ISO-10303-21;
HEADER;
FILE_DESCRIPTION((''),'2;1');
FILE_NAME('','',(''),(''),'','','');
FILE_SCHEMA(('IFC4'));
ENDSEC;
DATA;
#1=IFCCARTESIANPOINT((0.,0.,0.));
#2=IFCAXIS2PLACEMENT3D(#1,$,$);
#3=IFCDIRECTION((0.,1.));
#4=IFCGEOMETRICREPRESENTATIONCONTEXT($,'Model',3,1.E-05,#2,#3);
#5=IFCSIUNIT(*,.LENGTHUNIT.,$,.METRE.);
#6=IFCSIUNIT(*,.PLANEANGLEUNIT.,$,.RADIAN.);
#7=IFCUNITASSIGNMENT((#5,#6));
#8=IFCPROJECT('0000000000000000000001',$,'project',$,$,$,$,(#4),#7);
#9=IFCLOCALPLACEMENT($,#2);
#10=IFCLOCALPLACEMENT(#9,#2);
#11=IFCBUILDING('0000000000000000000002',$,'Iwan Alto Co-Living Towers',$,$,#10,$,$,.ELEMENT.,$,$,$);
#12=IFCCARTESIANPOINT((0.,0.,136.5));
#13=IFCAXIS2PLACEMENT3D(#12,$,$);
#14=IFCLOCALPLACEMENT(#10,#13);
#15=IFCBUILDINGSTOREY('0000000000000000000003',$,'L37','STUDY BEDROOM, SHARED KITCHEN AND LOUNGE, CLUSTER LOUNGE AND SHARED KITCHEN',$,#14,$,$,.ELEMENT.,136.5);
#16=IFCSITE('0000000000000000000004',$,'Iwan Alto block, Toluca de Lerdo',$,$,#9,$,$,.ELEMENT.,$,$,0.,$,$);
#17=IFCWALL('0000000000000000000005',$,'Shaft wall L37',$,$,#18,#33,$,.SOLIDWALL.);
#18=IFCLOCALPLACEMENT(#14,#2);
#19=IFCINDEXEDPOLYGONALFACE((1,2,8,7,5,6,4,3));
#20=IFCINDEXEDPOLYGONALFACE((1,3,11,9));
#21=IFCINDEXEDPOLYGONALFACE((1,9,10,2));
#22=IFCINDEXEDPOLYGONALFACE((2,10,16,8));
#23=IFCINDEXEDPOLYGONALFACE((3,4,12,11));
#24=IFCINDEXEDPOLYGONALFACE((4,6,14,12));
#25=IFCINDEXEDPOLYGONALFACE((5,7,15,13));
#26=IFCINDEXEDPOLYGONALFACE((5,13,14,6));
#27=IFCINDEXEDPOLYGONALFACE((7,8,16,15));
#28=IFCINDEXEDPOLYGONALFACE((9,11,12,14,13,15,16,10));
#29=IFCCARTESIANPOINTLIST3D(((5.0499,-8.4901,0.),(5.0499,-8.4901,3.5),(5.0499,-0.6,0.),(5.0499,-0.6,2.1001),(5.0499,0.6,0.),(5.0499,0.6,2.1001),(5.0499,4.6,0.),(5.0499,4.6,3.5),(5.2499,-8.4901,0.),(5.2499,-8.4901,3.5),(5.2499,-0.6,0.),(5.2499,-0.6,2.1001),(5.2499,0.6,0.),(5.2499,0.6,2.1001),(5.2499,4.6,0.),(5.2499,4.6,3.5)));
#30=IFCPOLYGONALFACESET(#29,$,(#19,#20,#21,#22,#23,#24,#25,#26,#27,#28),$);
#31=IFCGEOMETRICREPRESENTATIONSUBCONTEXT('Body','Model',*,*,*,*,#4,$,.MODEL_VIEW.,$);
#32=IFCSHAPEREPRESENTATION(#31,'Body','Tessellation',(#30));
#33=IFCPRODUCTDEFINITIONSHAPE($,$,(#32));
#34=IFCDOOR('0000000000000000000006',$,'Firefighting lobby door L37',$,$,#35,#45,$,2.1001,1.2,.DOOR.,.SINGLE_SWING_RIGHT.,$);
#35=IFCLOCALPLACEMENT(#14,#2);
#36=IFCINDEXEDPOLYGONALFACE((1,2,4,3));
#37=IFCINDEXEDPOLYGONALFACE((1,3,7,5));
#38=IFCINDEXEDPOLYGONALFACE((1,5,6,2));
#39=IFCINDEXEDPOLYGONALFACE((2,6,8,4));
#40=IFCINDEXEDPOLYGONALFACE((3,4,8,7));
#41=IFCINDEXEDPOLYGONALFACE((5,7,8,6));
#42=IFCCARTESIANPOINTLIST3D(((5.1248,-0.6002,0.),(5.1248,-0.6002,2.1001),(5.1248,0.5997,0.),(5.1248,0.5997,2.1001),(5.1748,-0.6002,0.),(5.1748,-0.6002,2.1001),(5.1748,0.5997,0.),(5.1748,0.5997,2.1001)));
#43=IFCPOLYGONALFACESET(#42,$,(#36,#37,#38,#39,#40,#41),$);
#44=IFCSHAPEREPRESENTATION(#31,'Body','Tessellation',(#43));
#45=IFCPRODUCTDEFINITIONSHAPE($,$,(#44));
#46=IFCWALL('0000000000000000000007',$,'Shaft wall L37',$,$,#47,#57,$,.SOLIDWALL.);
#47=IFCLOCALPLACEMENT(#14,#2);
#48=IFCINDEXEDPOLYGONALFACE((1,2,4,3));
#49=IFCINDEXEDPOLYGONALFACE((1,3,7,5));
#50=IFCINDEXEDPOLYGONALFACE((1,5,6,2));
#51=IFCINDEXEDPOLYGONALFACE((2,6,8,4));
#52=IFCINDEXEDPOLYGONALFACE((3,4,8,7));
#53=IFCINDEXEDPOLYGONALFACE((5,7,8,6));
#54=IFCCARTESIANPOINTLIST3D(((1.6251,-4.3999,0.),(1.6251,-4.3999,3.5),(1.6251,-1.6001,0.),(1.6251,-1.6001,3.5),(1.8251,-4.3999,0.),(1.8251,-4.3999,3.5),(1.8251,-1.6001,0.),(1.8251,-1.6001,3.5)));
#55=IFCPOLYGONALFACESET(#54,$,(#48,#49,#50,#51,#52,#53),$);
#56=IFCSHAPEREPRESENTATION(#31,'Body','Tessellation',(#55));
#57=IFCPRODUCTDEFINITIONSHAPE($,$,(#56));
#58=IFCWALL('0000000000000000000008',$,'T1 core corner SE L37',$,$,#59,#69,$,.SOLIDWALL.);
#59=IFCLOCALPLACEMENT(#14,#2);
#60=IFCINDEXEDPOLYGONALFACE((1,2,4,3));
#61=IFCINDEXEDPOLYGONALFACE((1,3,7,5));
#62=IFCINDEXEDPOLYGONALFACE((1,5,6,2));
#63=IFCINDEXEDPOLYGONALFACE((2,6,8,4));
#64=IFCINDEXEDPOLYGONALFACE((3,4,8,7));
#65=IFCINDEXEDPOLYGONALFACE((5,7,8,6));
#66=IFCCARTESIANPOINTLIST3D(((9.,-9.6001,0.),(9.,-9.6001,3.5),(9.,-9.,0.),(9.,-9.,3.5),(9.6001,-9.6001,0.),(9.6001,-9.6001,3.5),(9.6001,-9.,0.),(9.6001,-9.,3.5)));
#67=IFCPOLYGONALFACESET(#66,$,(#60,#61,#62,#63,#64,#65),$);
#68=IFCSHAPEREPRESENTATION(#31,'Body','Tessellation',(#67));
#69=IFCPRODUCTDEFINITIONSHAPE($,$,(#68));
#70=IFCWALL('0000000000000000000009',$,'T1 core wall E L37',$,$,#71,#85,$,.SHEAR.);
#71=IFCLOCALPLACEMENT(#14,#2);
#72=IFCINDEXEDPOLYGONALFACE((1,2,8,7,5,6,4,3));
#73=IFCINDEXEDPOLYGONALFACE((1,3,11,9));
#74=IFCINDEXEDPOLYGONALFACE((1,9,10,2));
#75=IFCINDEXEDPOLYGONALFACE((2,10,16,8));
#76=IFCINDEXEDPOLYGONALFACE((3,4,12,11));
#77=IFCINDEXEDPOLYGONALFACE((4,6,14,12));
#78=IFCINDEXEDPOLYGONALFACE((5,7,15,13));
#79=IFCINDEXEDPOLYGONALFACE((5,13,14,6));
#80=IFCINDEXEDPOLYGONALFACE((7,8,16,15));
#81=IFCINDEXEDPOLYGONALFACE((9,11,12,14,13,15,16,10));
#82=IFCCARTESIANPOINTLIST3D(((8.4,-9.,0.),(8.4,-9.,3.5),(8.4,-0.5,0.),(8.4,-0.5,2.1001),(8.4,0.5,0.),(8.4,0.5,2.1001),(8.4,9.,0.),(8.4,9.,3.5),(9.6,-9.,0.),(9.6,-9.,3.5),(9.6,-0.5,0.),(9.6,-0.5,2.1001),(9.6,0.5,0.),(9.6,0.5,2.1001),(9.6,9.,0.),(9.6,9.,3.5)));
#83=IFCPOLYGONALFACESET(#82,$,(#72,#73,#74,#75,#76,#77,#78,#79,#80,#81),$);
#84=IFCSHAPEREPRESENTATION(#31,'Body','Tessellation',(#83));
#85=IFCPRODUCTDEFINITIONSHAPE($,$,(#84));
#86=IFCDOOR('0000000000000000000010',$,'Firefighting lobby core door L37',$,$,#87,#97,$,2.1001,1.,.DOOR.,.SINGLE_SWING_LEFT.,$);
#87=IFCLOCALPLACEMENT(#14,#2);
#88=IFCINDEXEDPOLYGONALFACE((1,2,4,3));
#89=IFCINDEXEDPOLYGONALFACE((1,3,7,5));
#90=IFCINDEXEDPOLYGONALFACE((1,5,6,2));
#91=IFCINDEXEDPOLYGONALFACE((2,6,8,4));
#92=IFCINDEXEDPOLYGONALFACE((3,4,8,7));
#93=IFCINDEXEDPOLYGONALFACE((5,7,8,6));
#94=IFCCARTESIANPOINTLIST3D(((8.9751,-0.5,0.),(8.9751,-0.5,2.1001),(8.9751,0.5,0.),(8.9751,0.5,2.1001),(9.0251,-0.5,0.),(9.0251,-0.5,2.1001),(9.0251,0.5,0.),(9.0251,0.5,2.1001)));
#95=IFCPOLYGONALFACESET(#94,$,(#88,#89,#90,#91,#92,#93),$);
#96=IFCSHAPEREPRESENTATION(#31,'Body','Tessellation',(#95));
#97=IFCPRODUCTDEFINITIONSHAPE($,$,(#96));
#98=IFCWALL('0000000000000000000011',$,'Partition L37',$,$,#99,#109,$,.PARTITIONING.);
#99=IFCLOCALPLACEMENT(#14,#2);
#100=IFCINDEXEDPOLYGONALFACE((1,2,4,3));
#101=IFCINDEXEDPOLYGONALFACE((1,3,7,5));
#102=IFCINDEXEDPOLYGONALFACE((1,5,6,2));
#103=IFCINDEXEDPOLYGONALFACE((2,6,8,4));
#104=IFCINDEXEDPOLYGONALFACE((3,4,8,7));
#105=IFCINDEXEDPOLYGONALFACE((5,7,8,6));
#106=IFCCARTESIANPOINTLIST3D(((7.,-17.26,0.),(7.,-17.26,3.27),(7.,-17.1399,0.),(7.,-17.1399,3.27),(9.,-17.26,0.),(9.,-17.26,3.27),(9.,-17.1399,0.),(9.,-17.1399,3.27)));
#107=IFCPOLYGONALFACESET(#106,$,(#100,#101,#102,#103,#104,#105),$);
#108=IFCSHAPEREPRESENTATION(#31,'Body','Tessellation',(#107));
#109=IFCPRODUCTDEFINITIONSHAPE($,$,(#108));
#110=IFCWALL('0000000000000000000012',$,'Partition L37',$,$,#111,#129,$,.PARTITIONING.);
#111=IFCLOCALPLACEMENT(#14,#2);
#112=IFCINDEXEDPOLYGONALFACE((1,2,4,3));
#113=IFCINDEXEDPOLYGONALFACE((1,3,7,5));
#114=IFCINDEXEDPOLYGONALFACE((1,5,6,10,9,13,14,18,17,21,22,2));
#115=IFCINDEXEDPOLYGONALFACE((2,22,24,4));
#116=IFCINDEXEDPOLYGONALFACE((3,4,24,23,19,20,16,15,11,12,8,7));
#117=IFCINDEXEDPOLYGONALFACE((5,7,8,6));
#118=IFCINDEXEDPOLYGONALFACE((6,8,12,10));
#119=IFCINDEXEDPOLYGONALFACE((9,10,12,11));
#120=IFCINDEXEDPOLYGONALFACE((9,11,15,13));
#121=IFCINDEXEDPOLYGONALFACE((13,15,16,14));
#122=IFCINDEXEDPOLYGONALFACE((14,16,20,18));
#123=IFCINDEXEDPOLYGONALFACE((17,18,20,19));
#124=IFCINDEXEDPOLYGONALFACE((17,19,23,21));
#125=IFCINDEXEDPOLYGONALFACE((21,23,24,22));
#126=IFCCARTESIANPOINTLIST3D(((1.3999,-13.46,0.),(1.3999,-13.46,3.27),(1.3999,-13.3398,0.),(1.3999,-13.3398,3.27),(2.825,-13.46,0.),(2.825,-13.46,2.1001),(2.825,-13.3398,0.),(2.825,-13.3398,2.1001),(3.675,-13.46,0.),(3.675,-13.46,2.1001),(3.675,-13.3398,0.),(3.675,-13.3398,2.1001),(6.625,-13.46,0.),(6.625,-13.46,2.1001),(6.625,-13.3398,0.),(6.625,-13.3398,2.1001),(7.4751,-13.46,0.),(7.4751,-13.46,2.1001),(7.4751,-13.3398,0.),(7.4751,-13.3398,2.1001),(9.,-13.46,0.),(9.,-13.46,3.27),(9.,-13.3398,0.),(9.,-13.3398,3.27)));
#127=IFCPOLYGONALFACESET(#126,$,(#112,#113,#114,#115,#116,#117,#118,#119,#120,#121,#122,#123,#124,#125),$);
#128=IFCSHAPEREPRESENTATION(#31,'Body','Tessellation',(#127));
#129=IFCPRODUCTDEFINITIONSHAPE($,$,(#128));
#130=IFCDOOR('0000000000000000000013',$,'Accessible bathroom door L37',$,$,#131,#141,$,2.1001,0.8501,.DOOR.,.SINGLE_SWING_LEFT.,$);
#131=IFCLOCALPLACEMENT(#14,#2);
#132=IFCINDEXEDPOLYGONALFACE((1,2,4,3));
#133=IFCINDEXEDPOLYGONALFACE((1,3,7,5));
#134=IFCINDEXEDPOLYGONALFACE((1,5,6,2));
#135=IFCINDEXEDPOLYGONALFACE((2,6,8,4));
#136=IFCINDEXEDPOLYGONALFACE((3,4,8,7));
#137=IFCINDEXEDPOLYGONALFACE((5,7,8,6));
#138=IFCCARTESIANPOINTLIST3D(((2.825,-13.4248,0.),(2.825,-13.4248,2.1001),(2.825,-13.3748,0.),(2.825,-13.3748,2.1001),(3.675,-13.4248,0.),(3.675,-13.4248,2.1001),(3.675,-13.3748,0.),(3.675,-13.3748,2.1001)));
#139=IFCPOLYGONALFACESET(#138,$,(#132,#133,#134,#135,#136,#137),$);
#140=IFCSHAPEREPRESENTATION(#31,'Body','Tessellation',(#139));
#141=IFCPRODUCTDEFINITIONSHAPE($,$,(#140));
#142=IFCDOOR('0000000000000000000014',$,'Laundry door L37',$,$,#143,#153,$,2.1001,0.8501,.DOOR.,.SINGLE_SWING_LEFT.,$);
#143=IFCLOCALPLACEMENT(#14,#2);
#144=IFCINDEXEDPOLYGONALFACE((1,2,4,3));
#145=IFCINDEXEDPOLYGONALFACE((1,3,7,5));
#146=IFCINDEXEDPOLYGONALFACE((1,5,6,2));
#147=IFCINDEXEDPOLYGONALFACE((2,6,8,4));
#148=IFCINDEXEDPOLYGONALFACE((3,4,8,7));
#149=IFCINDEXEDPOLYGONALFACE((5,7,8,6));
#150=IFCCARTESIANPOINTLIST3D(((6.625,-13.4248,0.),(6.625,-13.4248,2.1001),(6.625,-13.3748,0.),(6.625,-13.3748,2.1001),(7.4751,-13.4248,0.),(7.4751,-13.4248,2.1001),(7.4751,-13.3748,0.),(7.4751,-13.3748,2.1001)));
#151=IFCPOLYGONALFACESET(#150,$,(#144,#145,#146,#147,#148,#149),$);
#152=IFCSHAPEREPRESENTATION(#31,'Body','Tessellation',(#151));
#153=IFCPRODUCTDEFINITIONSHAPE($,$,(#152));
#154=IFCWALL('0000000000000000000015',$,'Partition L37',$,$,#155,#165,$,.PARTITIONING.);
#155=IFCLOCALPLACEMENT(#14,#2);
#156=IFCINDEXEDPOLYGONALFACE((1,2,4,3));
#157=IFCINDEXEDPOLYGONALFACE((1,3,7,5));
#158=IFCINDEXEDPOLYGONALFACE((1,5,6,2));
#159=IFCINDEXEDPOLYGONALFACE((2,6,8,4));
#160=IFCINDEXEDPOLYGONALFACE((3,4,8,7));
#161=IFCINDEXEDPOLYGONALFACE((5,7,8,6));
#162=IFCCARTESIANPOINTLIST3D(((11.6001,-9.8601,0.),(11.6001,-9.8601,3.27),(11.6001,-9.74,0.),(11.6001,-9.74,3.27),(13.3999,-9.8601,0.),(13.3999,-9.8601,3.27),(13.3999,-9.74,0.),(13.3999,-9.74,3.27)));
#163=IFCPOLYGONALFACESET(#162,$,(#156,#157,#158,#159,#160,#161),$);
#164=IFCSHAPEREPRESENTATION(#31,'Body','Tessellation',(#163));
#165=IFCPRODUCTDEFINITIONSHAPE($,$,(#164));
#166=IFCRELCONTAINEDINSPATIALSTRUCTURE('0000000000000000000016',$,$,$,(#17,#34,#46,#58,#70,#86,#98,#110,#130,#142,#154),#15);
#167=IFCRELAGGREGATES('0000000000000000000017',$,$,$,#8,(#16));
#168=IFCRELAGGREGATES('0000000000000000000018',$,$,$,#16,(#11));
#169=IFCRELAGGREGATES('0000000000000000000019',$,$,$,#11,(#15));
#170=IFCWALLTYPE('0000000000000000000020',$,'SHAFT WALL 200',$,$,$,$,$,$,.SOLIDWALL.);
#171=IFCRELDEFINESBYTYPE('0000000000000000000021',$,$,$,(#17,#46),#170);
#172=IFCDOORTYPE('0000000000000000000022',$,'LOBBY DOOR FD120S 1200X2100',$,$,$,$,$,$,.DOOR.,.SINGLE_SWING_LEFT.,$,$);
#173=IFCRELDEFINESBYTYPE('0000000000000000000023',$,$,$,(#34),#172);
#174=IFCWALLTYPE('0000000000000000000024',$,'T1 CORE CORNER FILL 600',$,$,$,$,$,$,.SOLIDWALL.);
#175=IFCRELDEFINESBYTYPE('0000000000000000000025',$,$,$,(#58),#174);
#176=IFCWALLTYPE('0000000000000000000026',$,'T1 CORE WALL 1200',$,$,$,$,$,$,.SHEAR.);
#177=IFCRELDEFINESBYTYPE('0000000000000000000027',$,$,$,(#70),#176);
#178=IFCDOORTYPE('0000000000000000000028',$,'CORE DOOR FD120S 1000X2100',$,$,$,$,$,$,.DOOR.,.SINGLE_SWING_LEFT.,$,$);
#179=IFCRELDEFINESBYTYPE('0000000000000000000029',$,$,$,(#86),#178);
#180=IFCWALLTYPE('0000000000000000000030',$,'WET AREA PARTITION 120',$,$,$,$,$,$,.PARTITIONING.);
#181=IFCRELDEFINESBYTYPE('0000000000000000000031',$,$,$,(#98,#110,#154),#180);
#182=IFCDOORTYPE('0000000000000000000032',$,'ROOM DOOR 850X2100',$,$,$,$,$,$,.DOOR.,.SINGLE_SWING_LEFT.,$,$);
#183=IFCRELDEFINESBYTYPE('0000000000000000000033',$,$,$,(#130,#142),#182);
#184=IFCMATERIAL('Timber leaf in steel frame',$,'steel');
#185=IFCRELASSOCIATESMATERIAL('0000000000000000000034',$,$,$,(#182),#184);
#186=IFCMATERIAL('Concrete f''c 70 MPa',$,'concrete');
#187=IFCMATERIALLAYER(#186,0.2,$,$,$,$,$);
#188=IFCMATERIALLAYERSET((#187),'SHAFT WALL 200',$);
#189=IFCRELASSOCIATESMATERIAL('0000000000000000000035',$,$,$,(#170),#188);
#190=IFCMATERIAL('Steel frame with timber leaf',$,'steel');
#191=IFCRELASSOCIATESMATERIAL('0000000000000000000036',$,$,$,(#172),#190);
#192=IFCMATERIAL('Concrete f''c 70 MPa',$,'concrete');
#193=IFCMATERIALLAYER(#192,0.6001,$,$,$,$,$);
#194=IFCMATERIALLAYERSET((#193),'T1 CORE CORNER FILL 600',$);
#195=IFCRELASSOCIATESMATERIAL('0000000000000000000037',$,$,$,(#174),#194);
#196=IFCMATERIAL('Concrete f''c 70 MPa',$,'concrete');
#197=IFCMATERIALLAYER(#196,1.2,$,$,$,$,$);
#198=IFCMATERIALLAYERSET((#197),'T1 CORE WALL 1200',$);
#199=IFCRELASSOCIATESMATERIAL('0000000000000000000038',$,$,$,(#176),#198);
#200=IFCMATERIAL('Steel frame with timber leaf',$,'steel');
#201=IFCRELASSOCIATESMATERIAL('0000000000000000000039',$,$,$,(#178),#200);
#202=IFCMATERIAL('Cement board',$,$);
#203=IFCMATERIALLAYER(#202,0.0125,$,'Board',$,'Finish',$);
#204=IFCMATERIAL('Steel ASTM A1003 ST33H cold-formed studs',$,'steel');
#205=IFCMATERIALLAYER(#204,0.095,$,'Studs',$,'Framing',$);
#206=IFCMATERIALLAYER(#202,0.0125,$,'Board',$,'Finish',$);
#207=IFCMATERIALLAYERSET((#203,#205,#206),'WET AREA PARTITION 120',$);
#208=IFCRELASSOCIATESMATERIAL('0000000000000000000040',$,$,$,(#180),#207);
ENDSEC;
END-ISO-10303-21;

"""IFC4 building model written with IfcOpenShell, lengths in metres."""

from ifc_helpers import new_model, si_unit, direction, frame, frame_2d, origin, place, context, subcontext, project, spatial, rectangle, extrude, material, layer, layer_set, type_object, element, fill, save


model = new_model("IFC4")

# Units and contexts
model_context = context("Model", 3, precision=1e-05, world=origin(), true_north=direction((0.0, 1.0)))
body_context = subcontext(model_context, "Body", "Model", "MODEL_VIEW")
ifc_project = project(units=[si_unit("LENGTHUNIT", "METRE"), si_unit("PLANEANGLEUNIT", "RADIAN")], contexts=[model_context])

# Site, building, storey
site_placement = place(None, origin())
site = spatial("IfcSite", under=ifc_project, at=site_placement, Name="Iwan Alto block, Toluca de Lerdo", CompositionType="ELEMENT", RefElevation=0.0)
building_placement = place(site_placement, origin())
building = spatial("IfcBuilding", under=site, at=building_placement, Name="Iwan Alto Co-Living Towers", CompositionType="ELEMENT")
storey_placement = place(building_placement, frame((0.0, 0.0, 136.5)))
storey = spatial("IfcBuildingStorey", under=building, at=storey_placement, Name="L37", Description="STUDY BEDROOM, SHARED KITCHEN AND LOUNGE, CLUSTER LOUNGE AND SHARED KITCHEN", CompositionType="ELEMENT", Elevation=136.5)

# Shared definitions
ifc_material_1 = material(Name="Steel ASTM A1003 ST33H cold-formed studs", Category="steel")

# Shared definitions
ifc_material_2 = material(Name="Timber leaf in steel frame", Category="steel")
door_type_1 = type_object("IfcDoorType", Name="ROOM DOOR 850X2100", OperationType="SINGLE_SWING_LEFT", PredefinedType="DOOR", material=ifc_material_2)

# Wall, opening, door
ifc_material_3 = material(Name="Concrete f'c 70 MPa", Category="concrete")
ifc_layer_1 = layer(ifc_material_3, 0.2)
ifc_layer_set_1 = layer_set([ifc_layer_1], Name="SHAFT WALL 200")
wall_type_1 = type_object("IfcWallType", Name="SHAFT WALL 200", PredefinedType="SOLIDWALL", material=ifc_layer_set_1)
wall_1_placement = place(storey_placement, frame((5.1499, -8.49, 0.0), z_axis=(0.0, 0.0, 1.0), x_axis=(0.0, 1.0, 0.0)))
wall_1 = element("IfcWall", 1, at=wall_1_placement, inside=storey, type_object=wall_type_1, Name="Shaft wall L37", PredefinedType="SOLIDWALL", context=body_context, shape_type="SweptSolid", body=[
    extrude(rectangle(XDim=13.0901, YDim=0.2, at=frame_2d((6.5449, 0.0))), origin(), (0.0, 0.0, 1.0), 3.5),
])
opening_1_placement = place(wall_1_placement, frame((7.8899, 0.0, 0.0)))
opening_1 = element("IfcOpeningElement", 2, at=opening_1_placement, cuts=wall_1, PredefinedType="OPENING", context=body_context, shape_type="SweptSolid", body=[
    extrude(rectangle(XDim=1.2, YDim=2.1001, at=frame_2d((0.6001, 1.05))), frame((0.0, 0.1099, 0.0), z_axis=(0.0, -1.0, 0.0), x_axis=(1.0, 0.0, 0.0)), (0.0, 0.0, 1.0), 0.22),
])
ifc_material_4 = material(Name="Steel frame with timber leaf", Category="steel")
door_type_2 = type_object("IfcDoorType", Name="LOBBY DOOR FD120S 1200X2100", OperationType="SINGLE_SWING_LEFT", PredefinedType="DOOR", material=ifc_material_4)
door_1_placement = place(opening_1_placement, frame((1.2, 0.0, 0.0), z_axis=(0.0, 0.0, 1.0), x_axis=(-1.0, 0.0, 0.0)))
door_1 = element("IfcDoor", 3, at=door_1_placement, inside=storey, type_object=door_type_2, Name="Firefighting lobby door L37", OperationType="SINGLE_SWING_RIGHT", OverallHeight=2.1001, OverallWidth=1.2, PredefinedType="DOOR", context=body_context, shape_type="SweptSolid", body=[
    extrude(rectangle(XDim=1.2, YDim=2.1001, at=frame_2d((0.6001, 1.05))), frame((0.0, 0.0249, 0.0), z_axis=(0.0, -1.0, 0.0), x_axis=(1.0, 0.0, 0.0)), (0.0, 0.0, 1.0), 0.05),
])
fill(opening_1, door_1)

# Walls
wall_2_placement = place(storey_placement, frame((1.7251, -4.3999, 0.0), z_axis=(0.0, 0.0, 1.0), x_axis=(0.0, 1.0, 0.0)))
element("IfcWall", 4, at=wall_2_placement, inside=storey, type_object=wall_type_1, Name="Shaft wall L37", PredefinedType="SOLIDWALL", context=body_context, shape_type="SweptSolid", body=[
    extrude(rectangle(XDim=2.7998, YDim=0.2, at=frame_2d((1.3999, 0.0))), origin(), (0.0, 0.0, 1.0), 3.5),
])
ifc_material_5 = material(Name="Concrete f'c 70 MPa", Category="concrete")
ifc_layer_2 = layer(ifc_material_5, 0.6001)
ifc_layer_set_2 = layer_set([ifc_layer_2], Name="T1 CORE CORNER FILL 600")
wall_type_2 = type_object("IfcWallType", Name="T1 CORE CORNER FILL 600", PredefinedType="SOLIDWALL", material=ifc_layer_set_2)
wall_3_placement = place(storey_placement, frame((9.0, -9.3, 0.0), z_axis=(0.0, 0.0, 1.0), x_axis=(1.0, 0.0, 0.0)))
element("IfcWall", 5, at=wall_3_placement, inside=storey, type_object=wall_type_2, Name="T1 core corner SE L37", PredefinedType="SOLIDWALL", context=body_context, shape_type="SweptSolid", body=[
    extrude(rectangle(XDim=0.6001, YDim=0.6001, at=frame_2d((0.3, 0.0))), origin(), (0.0, 0.0, 1.0), 3.5),
])

# Wall, opening, door
ifc_material_6 = material(Name="Concrete f'c 70 MPa", Category="concrete")
ifc_layer_3 = layer(ifc_material_6, 1.2)
ifc_layer_set_3 = layer_set([ifc_layer_3], Name="T1 CORE WALL 1200")
wall_type_3 = type_object("IfcWallType", Name="T1 CORE WALL 1200", PredefinedType="SHEAR", material=ifc_layer_set_3)
wall_4_placement = place(storey_placement, frame((9.0, -9.0, 0.0), z_axis=(0.0, 0.0, 1.0), x_axis=(0.0, 1.0, 0.0)))
wall_4 = element("IfcWall", 6, at=wall_4_placement, inside=storey, type_object=wall_type_3, Name="T1 core wall E L37", PredefinedType="SHEAR", context=body_context, shape_type="SweptSolid", body=[
    extrude(rectangle(XDim=18.0, YDim=1.2, at=frame_2d((9.0, 0.0))), origin(), (0.0, 0.0, 1.0), 3.5),
])
opening_2_placement = place(wall_4_placement, frame((8.5, 0.0, 0.0)))
opening_2 = element("IfcOpeningElement", 7, at=opening_2_placement, cuts=wall_4, PredefinedType="OPENING", context=body_context, shape_type="SweptSolid", body=[
    extrude(rectangle(XDim=1.0, YDim=2.1001, at=frame_2d((0.5, 1.05))), frame((0.0, 0.6099, 0.0), z_axis=(0.0, -1.0, 0.0), x_axis=(1.0, 0.0, 0.0)), (0.0, 0.0, 1.0), 1.22),
])
ifc_material_7 = material(Name="Steel frame with timber leaf", Category="steel")
door_type_3 = type_object("IfcDoorType", Name="CORE DOOR FD120S 1000X2100", OperationType="SINGLE_SWING_LEFT", PredefinedType="DOOR", material=ifc_material_7)
door_2_placement = place(opening_2_placement, origin())
door_2 = element("IfcDoor", 8, at=door_2_placement, inside=storey, type_object=door_type_3, Name="Firefighting lobby core door L37", OperationType="SINGLE_SWING_LEFT", OverallHeight=2.1001, OverallWidth=1.0, PredefinedType="DOOR", context=body_context, shape_type="SweptSolid", body=[
    extrude(rectangle(XDim=1.0, YDim=2.1001, at=frame_2d((0.5, 1.05))), frame((0.0, 0.0249, 0.0), z_axis=(0.0, -1.0, 0.0), x_axis=(1.0, 0.0, 0.0)), (0.0, 0.0, 1.0), 0.05),
])
fill(opening_2, door_2)

# Wall
ifc_material_8 = material(Name="Cement board")
ifc_layer_4 = layer(ifc_material_8, 0.0125, Name="Board", Category="Finish")
ifc_layer_5 = layer(ifc_material_1, 0.095, Name="Studs", Category="Framing")
ifc_layer_6 = layer(ifc_material_8, 0.0125, Name="Board", Category="Finish")
ifc_layer_set_4 = layer_set([ifc_layer_4, ifc_layer_5, ifc_layer_6], Name="WET AREA PARTITION 120")
wall_type_4 = type_object("IfcWallType", Name="WET AREA PARTITION 120", PredefinedType="PARTITIONING", material=ifc_layer_set_4)
wall_5_placement = place(storey_placement, frame((7.0, -17.2, 0.0), z_axis=(0.0, 0.0, 1.0), x_axis=(1.0, 0.0, 0.0)))
element("IfcWall", 9, at=wall_5_placement, inside=storey, type_object=wall_type_4, Name="Partition L37", PredefinedType="PARTITIONING", context=body_context, shape_type="SweptSolid", body=[
    extrude(rectangle(XDim=2.0, YDim=0.1201, at=frame_2d((1.0, 0.0))), origin(), (0.0, 0.0, 1.0), 3.27),
])

# Wall, openings, doors
wall_6_placement = place(storey_placement, frame((1.3999, -13.3999, 0.0), z_axis=(0.0, 0.0, 1.0), x_axis=(1.0, 0.0, 0.0)))
wall_6 = element("IfcWall", 10, at=wall_6_placement, inside=storey, type_object=wall_type_4, Name="Partition L37", PredefinedType="PARTITIONING", context=body_context, shape_type="SweptSolid", body=[
    extrude(rectangle(XDim=7.6001, YDim=0.1201, at=frame_2d((3.8, 0.0))), origin(), (0.0, 0.0, 1.0), 3.27),
])
opening_3_placement = place(wall_6_placement, frame((1.425, 0.0, 0.0)))
opening_3 = element("IfcOpeningElement", 11, at=opening_3_placement, cuts=wall_6, PredefinedType="OPENING", context=body_context, shape_type="SweptSolid", body=[
    extrude(rectangle(XDim=0.8501, YDim=2.1001, at=frame_2d((0.425, 1.05))), frame((0.0, 0.0701, 0.0), z_axis=(0.0, -1.0, 0.0), x_axis=(1.0, 0.0, 0.0)), (0.0, 0.0, 1.0), 0.1401),
])
opening_4_placement = place(wall_6_placement, frame((5.2251, 0.0, 0.0)))
opening_4 = element("IfcOpeningElement", 12, at=opening_4_placement, cuts=wall_6, PredefinedType="OPENING", context=body_context, shape_type="SweptSolid", body=[
    extrude(rectangle(XDim=0.8501, YDim=2.1001, at=frame_2d((0.425, 1.05))), frame((0.0, 0.0701, 0.0), z_axis=(0.0, -1.0, 0.0), x_axis=(1.0, 0.0, 0.0)), (0.0, 0.0, 1.0), 0.1401),
])
door_3_placement = place(opening_3_placement, frame((0.8501, 0.0, 0.0), z_axis=(0.0, 0.0, 1.0), x_axis=(-1.0, 0.0, 0.0)))
door_3 = element("IfcDoor", 13, at=door_3_placement, inside=storey, type_object=door_type_1, Name="Accessible bathroom door L37", OperationType="SINGLE_SWING_LEFT", OverallHeight=2.1001, OverallWidth=0.8501, PredefinedType="DOOR", context=body_context, shape_type="SweptSolid", body=[
    extrude(rectangle(XDim=0.8501, YDim=2.1001, at=frame_2d((0.425, 1.05))), frame((0.0, 0.0249, 0.0), z_axis=(0.0, -1.0, 0.0), x_axis=(1.0, 0.0, 0.0)), (0.0, 0.0, 1.0), 0.05),
])
fill(opening_3, door_3)
door_4_placement = place(opening_4_placement, frame((0.8501, 0.0, 0.0), z_axis=(0.0, 0.0, 1.0), x_axis=(-1.0, 0.0, 0.0)))
door_4 = element("IfcDoor", 14, at=door_4_placement, inside=storey, type_object=door_type_1, Name="Laundry door L37", OperationType="SINGLE_SWING_LEFT", OverallHeight=2.1001, OverallWidth=0.8501, PredefinedType="DOOR", context=body_context, shape_type="SweptSolid", body=[
    extrude(rectangle(XDim=0.8501, YDim=2.1001, at=frame_2d((0.425, 1.05))), frame((0.0, 0.0249, 0.0), z_axis=(0.0, -1.0, 0.0), x_axis=(1.0, 0.0, 0.0)), (0.0, 0.0, 1.0), 0.05),
])
fill(opening_4, door_4)

# Wall
wall_7_placement = place(storey_placement, frame((11.6001, -9.8, 0.0), z_axis=(0.0, 0.0, 1.0), x_axis=(1.0, 0.0, 0.0)))
element("IfcWall", 15, at=wall_7_placement, inside=storey, type_object=wall_type_4, Name="Partition L37", PredefinedType="PARTITIONING", context=body_context, shape_type="SweptSolid", body=[
    extrude(rectangle(XDim=1.7998, YDim=0.1201, at=frame_2d((0.8999, 0.0))), origin(), (0.0, 0.0, 1.0), 3.27),
])

save(model, "model.ifc")
